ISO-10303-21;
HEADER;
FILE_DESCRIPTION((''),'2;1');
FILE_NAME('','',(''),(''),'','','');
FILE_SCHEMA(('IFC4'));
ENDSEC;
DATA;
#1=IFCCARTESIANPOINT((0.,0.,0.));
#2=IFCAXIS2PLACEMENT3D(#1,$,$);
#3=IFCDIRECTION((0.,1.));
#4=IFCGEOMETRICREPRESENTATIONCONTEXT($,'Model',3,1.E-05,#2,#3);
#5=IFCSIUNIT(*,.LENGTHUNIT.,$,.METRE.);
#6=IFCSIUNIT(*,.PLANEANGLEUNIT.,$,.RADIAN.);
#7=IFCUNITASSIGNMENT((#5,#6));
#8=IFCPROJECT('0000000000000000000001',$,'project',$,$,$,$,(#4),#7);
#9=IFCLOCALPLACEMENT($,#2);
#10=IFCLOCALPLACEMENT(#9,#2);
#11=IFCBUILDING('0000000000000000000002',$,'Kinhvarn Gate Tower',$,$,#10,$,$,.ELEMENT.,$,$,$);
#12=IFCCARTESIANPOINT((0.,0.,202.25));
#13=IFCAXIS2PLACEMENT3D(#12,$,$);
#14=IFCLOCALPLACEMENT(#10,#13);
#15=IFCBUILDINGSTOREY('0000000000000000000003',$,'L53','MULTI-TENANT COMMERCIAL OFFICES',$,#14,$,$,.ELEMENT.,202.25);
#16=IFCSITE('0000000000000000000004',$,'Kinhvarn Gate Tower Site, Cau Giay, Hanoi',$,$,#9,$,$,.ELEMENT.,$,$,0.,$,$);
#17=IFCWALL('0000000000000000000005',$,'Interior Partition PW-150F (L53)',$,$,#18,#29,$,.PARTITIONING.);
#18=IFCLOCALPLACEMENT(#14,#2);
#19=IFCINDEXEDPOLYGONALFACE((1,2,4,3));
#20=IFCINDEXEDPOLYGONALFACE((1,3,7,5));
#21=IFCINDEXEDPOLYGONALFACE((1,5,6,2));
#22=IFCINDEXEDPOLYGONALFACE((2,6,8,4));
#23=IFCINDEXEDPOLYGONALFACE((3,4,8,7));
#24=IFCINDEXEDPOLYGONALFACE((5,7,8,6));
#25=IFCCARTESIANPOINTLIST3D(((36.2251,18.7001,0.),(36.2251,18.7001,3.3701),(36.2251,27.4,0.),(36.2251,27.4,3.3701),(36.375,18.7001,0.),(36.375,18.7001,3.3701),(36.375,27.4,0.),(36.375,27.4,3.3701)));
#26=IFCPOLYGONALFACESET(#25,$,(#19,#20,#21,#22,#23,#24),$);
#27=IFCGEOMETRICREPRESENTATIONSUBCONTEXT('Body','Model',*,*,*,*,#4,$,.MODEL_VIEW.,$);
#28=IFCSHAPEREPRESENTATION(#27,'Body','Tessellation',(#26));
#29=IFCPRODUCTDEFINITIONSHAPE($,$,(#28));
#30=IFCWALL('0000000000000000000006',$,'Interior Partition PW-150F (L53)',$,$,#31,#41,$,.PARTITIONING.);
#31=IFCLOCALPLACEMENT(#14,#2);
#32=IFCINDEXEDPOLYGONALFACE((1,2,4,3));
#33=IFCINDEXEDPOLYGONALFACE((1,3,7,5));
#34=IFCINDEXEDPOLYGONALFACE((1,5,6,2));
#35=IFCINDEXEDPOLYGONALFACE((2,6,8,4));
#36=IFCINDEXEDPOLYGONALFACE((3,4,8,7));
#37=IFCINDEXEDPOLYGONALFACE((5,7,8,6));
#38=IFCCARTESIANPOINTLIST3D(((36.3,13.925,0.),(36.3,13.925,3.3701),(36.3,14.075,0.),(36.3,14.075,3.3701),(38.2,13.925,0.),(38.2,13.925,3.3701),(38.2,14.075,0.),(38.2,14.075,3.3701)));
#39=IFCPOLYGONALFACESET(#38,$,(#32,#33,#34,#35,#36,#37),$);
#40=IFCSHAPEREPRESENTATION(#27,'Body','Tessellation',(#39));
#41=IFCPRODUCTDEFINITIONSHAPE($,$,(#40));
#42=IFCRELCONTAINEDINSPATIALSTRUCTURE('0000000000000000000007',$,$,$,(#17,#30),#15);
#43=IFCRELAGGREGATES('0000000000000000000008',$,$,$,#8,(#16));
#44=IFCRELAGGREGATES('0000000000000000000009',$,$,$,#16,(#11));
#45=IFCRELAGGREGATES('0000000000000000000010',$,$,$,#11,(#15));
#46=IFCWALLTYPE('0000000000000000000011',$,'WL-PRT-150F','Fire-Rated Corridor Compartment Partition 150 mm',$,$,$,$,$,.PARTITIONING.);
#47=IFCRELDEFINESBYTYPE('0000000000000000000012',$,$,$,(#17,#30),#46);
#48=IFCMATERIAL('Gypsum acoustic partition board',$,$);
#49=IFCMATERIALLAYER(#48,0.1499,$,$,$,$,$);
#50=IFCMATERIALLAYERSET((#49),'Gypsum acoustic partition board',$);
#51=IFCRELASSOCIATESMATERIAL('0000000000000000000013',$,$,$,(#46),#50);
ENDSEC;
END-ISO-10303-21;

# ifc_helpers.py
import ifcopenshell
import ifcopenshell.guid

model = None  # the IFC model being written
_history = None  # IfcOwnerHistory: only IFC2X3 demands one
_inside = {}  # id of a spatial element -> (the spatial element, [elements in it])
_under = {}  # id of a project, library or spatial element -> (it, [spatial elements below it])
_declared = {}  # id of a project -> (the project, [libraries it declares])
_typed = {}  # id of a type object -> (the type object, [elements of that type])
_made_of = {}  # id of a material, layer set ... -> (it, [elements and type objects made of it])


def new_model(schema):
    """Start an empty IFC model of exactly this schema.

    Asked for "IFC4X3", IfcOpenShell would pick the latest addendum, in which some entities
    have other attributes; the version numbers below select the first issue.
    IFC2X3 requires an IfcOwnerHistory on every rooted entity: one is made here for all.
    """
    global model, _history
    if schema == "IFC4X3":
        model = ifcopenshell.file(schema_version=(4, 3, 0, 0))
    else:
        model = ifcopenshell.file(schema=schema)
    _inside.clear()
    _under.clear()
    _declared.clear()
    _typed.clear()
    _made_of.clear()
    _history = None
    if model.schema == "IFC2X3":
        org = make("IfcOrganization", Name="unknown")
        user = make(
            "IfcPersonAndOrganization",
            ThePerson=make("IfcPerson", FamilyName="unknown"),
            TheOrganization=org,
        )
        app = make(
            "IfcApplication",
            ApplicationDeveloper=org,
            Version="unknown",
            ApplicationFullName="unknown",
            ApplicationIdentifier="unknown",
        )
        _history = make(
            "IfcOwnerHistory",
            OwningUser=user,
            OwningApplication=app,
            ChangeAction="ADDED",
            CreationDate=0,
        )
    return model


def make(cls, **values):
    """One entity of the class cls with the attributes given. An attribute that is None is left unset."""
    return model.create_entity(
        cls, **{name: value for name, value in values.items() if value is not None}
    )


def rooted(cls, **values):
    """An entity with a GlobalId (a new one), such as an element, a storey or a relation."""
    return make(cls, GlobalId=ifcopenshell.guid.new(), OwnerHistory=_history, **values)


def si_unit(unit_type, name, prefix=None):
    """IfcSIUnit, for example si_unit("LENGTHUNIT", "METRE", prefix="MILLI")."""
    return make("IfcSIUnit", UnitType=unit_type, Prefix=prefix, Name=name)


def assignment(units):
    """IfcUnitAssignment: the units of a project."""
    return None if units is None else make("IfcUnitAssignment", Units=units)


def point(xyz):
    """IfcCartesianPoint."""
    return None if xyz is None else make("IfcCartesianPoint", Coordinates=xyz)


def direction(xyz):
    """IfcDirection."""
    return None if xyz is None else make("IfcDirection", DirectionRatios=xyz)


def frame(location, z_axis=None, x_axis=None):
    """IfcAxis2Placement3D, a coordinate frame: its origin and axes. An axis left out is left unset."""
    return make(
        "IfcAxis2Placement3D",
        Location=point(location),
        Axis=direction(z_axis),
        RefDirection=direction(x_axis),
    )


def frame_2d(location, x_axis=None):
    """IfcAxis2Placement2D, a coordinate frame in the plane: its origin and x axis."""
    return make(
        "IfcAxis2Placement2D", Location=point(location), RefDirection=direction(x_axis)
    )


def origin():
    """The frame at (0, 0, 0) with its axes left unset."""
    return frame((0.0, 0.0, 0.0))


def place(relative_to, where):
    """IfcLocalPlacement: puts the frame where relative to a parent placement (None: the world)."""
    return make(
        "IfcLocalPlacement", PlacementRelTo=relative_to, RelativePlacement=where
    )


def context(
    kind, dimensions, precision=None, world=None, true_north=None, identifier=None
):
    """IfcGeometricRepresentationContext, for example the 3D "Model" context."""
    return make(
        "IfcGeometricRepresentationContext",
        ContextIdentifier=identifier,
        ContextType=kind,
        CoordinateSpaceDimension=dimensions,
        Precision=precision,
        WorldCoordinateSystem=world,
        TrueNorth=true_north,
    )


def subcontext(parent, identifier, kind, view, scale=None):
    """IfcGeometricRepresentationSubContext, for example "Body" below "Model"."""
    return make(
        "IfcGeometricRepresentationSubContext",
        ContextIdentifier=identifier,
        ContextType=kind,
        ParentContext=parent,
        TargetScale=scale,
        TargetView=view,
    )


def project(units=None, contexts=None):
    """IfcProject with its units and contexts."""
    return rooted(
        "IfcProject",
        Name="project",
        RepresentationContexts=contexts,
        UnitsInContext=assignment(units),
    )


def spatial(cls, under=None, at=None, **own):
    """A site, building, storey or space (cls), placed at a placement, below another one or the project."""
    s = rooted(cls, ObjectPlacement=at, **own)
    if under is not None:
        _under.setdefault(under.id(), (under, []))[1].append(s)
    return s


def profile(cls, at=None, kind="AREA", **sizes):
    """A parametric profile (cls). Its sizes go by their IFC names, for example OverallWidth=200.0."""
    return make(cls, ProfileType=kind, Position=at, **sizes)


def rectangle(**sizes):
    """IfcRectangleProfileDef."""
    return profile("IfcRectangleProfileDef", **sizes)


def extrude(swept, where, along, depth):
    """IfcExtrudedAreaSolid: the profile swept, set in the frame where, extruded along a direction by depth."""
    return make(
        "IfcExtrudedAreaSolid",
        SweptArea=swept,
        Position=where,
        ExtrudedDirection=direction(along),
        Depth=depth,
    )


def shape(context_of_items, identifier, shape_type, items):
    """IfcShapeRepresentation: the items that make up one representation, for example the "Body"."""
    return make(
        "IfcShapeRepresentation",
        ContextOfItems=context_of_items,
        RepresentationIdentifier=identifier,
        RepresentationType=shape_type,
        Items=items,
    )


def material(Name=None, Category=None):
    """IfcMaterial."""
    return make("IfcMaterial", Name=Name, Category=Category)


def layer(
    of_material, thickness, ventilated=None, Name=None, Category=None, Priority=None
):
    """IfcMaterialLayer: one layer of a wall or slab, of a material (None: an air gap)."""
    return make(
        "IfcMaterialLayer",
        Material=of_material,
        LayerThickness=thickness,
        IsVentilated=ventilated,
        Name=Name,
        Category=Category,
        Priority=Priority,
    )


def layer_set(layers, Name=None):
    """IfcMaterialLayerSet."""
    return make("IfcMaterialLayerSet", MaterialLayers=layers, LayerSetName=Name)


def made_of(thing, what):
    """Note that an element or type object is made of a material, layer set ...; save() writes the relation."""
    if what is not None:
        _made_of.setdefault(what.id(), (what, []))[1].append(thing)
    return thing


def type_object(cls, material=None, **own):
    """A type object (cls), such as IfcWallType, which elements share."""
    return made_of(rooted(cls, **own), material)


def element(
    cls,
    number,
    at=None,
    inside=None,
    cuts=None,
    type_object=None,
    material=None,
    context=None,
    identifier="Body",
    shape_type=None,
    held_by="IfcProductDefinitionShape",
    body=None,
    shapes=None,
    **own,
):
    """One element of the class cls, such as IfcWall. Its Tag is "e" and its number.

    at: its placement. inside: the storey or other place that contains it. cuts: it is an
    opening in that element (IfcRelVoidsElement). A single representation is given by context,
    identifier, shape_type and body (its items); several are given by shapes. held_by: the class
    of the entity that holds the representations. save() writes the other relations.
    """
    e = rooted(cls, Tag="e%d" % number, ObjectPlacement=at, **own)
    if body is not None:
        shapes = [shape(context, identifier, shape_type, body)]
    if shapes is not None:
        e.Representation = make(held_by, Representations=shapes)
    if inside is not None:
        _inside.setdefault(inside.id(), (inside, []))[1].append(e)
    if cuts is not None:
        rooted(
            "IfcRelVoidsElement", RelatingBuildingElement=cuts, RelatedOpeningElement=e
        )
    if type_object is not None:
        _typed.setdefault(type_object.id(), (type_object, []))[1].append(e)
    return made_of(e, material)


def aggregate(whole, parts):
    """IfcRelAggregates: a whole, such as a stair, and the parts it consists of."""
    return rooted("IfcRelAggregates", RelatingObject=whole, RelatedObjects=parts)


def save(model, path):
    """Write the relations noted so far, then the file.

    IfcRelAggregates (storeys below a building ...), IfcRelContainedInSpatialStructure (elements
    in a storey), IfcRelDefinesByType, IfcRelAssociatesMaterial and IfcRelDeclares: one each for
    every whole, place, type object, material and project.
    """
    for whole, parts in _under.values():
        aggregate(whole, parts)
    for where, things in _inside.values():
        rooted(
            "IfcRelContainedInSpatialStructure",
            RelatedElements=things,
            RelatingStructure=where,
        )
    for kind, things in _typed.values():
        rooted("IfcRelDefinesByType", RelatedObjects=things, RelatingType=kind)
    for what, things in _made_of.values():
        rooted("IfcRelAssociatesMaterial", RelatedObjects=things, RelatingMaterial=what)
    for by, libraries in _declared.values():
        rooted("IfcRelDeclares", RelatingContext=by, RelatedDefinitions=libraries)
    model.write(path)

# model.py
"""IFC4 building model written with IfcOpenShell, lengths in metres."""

from ifc_helpers import new_model, si_unit, direction, frame, frame_2d, origin, place, context, subcontext, project, spatial, rectangle, extrude, material, layer, layer_set, type_object, element, save


model = new_model("IFC4")

# Units and contexts
model_context = context("Model", 3, precision=1e-05, world=origin(), true_north=direction((0.0, 1.0)))
body_context = subcontext(model_context, "Body", "Model", "MODEL_VIEW")
ifc_project = project(units=[si_unit("LENGTHUNIT", "METRE"), si_unit("PLANEANGLEUNIT", "RADIAN")], contexts=[model_context])

# Site, building, storey
site_placement = place(None, origin())
site = spatial("IfcSite", under=ifc_project, at=site_placement, Name="Kinhvarn Gate Tower Site, Cau Giay, Hanoi", CompositionType="ELEMENT", RefElevation=0.0)
building_placement = place(site_placement, origin())
building = spatial("IfcBuilding", under=site, at=building_placement, Name="Kinhvarn Gate Tower", CompositionType="ELEMENT")
storey_placement = place(building_placement, frame((0.0, 0.0, 202.25)))
storey = spatial("IfcBuildingStorey", under=building, at=storey_placement, Name="L53", Description="MULTI-TENANT COMMERCIAL OFFICES", CompositionType="ELEMENT", Elevation=202.25)

# Shared definitions
ifc_material_1 = material(Name="Gypsum acoustic partition board")
ifc_layer_1 = layer(ifc_material_1, 0.1499)
ifc_layer_set_1 = layer_set([ifc_layer_1], Name="Gypsum acoustic partition board")
wall_type = type_object("IfcWallType", Name="WL-PRT-150F", Description="Fire-Rated Corridor Compartment Partition 150 mm", PredefinedType="PARTITIONING", material=ifc_layer_set_1)

# Walls
wall_1_placement = place(storey_placement, frame((36.3, 18.7, 0.0), z_axis=(0.0, 0.0, 1.0), x_axis=(0.0, 1.0, 0.0)))
element("IfcWall", 1, at=wall_1_placement, inside=storey, type_object=wall_type, Name="Interior Partition PW-150F (L53)", PredefinedType="PARTITIONING", context=body_context, shape_type="SweptSolid", body=[
    extrude(rectangle(XDim=8.7, YDim=0.1499, at=frame_2d((4.3501, 0.0))), origin(), (0.0, 0.0, 1.0), 3.3701),
])
wall_2_placement = place(storey_placement, frame((36.3, 14.0, 0.0), z_axis=(0.0, 0.0, 1.0), x_axis=(1.0, 0.0, 0.0)))
element("IfcWall", 2, at=wall_2_placement, inside=storey, type_object=wall_type, Name="Interior Partition PW-150F (L53)", PredefinedType="PARTITIONING", context=body_context, shape_type="SweptSolid", body=[
    extrude(rectangle(XDim=1.8999, YDim=0.1499, at=frame_2d((0.95, 0.0))), origin(), (0.0, 0.0, 1.0), 3.3701),
])

save(model, "model.ifc")
